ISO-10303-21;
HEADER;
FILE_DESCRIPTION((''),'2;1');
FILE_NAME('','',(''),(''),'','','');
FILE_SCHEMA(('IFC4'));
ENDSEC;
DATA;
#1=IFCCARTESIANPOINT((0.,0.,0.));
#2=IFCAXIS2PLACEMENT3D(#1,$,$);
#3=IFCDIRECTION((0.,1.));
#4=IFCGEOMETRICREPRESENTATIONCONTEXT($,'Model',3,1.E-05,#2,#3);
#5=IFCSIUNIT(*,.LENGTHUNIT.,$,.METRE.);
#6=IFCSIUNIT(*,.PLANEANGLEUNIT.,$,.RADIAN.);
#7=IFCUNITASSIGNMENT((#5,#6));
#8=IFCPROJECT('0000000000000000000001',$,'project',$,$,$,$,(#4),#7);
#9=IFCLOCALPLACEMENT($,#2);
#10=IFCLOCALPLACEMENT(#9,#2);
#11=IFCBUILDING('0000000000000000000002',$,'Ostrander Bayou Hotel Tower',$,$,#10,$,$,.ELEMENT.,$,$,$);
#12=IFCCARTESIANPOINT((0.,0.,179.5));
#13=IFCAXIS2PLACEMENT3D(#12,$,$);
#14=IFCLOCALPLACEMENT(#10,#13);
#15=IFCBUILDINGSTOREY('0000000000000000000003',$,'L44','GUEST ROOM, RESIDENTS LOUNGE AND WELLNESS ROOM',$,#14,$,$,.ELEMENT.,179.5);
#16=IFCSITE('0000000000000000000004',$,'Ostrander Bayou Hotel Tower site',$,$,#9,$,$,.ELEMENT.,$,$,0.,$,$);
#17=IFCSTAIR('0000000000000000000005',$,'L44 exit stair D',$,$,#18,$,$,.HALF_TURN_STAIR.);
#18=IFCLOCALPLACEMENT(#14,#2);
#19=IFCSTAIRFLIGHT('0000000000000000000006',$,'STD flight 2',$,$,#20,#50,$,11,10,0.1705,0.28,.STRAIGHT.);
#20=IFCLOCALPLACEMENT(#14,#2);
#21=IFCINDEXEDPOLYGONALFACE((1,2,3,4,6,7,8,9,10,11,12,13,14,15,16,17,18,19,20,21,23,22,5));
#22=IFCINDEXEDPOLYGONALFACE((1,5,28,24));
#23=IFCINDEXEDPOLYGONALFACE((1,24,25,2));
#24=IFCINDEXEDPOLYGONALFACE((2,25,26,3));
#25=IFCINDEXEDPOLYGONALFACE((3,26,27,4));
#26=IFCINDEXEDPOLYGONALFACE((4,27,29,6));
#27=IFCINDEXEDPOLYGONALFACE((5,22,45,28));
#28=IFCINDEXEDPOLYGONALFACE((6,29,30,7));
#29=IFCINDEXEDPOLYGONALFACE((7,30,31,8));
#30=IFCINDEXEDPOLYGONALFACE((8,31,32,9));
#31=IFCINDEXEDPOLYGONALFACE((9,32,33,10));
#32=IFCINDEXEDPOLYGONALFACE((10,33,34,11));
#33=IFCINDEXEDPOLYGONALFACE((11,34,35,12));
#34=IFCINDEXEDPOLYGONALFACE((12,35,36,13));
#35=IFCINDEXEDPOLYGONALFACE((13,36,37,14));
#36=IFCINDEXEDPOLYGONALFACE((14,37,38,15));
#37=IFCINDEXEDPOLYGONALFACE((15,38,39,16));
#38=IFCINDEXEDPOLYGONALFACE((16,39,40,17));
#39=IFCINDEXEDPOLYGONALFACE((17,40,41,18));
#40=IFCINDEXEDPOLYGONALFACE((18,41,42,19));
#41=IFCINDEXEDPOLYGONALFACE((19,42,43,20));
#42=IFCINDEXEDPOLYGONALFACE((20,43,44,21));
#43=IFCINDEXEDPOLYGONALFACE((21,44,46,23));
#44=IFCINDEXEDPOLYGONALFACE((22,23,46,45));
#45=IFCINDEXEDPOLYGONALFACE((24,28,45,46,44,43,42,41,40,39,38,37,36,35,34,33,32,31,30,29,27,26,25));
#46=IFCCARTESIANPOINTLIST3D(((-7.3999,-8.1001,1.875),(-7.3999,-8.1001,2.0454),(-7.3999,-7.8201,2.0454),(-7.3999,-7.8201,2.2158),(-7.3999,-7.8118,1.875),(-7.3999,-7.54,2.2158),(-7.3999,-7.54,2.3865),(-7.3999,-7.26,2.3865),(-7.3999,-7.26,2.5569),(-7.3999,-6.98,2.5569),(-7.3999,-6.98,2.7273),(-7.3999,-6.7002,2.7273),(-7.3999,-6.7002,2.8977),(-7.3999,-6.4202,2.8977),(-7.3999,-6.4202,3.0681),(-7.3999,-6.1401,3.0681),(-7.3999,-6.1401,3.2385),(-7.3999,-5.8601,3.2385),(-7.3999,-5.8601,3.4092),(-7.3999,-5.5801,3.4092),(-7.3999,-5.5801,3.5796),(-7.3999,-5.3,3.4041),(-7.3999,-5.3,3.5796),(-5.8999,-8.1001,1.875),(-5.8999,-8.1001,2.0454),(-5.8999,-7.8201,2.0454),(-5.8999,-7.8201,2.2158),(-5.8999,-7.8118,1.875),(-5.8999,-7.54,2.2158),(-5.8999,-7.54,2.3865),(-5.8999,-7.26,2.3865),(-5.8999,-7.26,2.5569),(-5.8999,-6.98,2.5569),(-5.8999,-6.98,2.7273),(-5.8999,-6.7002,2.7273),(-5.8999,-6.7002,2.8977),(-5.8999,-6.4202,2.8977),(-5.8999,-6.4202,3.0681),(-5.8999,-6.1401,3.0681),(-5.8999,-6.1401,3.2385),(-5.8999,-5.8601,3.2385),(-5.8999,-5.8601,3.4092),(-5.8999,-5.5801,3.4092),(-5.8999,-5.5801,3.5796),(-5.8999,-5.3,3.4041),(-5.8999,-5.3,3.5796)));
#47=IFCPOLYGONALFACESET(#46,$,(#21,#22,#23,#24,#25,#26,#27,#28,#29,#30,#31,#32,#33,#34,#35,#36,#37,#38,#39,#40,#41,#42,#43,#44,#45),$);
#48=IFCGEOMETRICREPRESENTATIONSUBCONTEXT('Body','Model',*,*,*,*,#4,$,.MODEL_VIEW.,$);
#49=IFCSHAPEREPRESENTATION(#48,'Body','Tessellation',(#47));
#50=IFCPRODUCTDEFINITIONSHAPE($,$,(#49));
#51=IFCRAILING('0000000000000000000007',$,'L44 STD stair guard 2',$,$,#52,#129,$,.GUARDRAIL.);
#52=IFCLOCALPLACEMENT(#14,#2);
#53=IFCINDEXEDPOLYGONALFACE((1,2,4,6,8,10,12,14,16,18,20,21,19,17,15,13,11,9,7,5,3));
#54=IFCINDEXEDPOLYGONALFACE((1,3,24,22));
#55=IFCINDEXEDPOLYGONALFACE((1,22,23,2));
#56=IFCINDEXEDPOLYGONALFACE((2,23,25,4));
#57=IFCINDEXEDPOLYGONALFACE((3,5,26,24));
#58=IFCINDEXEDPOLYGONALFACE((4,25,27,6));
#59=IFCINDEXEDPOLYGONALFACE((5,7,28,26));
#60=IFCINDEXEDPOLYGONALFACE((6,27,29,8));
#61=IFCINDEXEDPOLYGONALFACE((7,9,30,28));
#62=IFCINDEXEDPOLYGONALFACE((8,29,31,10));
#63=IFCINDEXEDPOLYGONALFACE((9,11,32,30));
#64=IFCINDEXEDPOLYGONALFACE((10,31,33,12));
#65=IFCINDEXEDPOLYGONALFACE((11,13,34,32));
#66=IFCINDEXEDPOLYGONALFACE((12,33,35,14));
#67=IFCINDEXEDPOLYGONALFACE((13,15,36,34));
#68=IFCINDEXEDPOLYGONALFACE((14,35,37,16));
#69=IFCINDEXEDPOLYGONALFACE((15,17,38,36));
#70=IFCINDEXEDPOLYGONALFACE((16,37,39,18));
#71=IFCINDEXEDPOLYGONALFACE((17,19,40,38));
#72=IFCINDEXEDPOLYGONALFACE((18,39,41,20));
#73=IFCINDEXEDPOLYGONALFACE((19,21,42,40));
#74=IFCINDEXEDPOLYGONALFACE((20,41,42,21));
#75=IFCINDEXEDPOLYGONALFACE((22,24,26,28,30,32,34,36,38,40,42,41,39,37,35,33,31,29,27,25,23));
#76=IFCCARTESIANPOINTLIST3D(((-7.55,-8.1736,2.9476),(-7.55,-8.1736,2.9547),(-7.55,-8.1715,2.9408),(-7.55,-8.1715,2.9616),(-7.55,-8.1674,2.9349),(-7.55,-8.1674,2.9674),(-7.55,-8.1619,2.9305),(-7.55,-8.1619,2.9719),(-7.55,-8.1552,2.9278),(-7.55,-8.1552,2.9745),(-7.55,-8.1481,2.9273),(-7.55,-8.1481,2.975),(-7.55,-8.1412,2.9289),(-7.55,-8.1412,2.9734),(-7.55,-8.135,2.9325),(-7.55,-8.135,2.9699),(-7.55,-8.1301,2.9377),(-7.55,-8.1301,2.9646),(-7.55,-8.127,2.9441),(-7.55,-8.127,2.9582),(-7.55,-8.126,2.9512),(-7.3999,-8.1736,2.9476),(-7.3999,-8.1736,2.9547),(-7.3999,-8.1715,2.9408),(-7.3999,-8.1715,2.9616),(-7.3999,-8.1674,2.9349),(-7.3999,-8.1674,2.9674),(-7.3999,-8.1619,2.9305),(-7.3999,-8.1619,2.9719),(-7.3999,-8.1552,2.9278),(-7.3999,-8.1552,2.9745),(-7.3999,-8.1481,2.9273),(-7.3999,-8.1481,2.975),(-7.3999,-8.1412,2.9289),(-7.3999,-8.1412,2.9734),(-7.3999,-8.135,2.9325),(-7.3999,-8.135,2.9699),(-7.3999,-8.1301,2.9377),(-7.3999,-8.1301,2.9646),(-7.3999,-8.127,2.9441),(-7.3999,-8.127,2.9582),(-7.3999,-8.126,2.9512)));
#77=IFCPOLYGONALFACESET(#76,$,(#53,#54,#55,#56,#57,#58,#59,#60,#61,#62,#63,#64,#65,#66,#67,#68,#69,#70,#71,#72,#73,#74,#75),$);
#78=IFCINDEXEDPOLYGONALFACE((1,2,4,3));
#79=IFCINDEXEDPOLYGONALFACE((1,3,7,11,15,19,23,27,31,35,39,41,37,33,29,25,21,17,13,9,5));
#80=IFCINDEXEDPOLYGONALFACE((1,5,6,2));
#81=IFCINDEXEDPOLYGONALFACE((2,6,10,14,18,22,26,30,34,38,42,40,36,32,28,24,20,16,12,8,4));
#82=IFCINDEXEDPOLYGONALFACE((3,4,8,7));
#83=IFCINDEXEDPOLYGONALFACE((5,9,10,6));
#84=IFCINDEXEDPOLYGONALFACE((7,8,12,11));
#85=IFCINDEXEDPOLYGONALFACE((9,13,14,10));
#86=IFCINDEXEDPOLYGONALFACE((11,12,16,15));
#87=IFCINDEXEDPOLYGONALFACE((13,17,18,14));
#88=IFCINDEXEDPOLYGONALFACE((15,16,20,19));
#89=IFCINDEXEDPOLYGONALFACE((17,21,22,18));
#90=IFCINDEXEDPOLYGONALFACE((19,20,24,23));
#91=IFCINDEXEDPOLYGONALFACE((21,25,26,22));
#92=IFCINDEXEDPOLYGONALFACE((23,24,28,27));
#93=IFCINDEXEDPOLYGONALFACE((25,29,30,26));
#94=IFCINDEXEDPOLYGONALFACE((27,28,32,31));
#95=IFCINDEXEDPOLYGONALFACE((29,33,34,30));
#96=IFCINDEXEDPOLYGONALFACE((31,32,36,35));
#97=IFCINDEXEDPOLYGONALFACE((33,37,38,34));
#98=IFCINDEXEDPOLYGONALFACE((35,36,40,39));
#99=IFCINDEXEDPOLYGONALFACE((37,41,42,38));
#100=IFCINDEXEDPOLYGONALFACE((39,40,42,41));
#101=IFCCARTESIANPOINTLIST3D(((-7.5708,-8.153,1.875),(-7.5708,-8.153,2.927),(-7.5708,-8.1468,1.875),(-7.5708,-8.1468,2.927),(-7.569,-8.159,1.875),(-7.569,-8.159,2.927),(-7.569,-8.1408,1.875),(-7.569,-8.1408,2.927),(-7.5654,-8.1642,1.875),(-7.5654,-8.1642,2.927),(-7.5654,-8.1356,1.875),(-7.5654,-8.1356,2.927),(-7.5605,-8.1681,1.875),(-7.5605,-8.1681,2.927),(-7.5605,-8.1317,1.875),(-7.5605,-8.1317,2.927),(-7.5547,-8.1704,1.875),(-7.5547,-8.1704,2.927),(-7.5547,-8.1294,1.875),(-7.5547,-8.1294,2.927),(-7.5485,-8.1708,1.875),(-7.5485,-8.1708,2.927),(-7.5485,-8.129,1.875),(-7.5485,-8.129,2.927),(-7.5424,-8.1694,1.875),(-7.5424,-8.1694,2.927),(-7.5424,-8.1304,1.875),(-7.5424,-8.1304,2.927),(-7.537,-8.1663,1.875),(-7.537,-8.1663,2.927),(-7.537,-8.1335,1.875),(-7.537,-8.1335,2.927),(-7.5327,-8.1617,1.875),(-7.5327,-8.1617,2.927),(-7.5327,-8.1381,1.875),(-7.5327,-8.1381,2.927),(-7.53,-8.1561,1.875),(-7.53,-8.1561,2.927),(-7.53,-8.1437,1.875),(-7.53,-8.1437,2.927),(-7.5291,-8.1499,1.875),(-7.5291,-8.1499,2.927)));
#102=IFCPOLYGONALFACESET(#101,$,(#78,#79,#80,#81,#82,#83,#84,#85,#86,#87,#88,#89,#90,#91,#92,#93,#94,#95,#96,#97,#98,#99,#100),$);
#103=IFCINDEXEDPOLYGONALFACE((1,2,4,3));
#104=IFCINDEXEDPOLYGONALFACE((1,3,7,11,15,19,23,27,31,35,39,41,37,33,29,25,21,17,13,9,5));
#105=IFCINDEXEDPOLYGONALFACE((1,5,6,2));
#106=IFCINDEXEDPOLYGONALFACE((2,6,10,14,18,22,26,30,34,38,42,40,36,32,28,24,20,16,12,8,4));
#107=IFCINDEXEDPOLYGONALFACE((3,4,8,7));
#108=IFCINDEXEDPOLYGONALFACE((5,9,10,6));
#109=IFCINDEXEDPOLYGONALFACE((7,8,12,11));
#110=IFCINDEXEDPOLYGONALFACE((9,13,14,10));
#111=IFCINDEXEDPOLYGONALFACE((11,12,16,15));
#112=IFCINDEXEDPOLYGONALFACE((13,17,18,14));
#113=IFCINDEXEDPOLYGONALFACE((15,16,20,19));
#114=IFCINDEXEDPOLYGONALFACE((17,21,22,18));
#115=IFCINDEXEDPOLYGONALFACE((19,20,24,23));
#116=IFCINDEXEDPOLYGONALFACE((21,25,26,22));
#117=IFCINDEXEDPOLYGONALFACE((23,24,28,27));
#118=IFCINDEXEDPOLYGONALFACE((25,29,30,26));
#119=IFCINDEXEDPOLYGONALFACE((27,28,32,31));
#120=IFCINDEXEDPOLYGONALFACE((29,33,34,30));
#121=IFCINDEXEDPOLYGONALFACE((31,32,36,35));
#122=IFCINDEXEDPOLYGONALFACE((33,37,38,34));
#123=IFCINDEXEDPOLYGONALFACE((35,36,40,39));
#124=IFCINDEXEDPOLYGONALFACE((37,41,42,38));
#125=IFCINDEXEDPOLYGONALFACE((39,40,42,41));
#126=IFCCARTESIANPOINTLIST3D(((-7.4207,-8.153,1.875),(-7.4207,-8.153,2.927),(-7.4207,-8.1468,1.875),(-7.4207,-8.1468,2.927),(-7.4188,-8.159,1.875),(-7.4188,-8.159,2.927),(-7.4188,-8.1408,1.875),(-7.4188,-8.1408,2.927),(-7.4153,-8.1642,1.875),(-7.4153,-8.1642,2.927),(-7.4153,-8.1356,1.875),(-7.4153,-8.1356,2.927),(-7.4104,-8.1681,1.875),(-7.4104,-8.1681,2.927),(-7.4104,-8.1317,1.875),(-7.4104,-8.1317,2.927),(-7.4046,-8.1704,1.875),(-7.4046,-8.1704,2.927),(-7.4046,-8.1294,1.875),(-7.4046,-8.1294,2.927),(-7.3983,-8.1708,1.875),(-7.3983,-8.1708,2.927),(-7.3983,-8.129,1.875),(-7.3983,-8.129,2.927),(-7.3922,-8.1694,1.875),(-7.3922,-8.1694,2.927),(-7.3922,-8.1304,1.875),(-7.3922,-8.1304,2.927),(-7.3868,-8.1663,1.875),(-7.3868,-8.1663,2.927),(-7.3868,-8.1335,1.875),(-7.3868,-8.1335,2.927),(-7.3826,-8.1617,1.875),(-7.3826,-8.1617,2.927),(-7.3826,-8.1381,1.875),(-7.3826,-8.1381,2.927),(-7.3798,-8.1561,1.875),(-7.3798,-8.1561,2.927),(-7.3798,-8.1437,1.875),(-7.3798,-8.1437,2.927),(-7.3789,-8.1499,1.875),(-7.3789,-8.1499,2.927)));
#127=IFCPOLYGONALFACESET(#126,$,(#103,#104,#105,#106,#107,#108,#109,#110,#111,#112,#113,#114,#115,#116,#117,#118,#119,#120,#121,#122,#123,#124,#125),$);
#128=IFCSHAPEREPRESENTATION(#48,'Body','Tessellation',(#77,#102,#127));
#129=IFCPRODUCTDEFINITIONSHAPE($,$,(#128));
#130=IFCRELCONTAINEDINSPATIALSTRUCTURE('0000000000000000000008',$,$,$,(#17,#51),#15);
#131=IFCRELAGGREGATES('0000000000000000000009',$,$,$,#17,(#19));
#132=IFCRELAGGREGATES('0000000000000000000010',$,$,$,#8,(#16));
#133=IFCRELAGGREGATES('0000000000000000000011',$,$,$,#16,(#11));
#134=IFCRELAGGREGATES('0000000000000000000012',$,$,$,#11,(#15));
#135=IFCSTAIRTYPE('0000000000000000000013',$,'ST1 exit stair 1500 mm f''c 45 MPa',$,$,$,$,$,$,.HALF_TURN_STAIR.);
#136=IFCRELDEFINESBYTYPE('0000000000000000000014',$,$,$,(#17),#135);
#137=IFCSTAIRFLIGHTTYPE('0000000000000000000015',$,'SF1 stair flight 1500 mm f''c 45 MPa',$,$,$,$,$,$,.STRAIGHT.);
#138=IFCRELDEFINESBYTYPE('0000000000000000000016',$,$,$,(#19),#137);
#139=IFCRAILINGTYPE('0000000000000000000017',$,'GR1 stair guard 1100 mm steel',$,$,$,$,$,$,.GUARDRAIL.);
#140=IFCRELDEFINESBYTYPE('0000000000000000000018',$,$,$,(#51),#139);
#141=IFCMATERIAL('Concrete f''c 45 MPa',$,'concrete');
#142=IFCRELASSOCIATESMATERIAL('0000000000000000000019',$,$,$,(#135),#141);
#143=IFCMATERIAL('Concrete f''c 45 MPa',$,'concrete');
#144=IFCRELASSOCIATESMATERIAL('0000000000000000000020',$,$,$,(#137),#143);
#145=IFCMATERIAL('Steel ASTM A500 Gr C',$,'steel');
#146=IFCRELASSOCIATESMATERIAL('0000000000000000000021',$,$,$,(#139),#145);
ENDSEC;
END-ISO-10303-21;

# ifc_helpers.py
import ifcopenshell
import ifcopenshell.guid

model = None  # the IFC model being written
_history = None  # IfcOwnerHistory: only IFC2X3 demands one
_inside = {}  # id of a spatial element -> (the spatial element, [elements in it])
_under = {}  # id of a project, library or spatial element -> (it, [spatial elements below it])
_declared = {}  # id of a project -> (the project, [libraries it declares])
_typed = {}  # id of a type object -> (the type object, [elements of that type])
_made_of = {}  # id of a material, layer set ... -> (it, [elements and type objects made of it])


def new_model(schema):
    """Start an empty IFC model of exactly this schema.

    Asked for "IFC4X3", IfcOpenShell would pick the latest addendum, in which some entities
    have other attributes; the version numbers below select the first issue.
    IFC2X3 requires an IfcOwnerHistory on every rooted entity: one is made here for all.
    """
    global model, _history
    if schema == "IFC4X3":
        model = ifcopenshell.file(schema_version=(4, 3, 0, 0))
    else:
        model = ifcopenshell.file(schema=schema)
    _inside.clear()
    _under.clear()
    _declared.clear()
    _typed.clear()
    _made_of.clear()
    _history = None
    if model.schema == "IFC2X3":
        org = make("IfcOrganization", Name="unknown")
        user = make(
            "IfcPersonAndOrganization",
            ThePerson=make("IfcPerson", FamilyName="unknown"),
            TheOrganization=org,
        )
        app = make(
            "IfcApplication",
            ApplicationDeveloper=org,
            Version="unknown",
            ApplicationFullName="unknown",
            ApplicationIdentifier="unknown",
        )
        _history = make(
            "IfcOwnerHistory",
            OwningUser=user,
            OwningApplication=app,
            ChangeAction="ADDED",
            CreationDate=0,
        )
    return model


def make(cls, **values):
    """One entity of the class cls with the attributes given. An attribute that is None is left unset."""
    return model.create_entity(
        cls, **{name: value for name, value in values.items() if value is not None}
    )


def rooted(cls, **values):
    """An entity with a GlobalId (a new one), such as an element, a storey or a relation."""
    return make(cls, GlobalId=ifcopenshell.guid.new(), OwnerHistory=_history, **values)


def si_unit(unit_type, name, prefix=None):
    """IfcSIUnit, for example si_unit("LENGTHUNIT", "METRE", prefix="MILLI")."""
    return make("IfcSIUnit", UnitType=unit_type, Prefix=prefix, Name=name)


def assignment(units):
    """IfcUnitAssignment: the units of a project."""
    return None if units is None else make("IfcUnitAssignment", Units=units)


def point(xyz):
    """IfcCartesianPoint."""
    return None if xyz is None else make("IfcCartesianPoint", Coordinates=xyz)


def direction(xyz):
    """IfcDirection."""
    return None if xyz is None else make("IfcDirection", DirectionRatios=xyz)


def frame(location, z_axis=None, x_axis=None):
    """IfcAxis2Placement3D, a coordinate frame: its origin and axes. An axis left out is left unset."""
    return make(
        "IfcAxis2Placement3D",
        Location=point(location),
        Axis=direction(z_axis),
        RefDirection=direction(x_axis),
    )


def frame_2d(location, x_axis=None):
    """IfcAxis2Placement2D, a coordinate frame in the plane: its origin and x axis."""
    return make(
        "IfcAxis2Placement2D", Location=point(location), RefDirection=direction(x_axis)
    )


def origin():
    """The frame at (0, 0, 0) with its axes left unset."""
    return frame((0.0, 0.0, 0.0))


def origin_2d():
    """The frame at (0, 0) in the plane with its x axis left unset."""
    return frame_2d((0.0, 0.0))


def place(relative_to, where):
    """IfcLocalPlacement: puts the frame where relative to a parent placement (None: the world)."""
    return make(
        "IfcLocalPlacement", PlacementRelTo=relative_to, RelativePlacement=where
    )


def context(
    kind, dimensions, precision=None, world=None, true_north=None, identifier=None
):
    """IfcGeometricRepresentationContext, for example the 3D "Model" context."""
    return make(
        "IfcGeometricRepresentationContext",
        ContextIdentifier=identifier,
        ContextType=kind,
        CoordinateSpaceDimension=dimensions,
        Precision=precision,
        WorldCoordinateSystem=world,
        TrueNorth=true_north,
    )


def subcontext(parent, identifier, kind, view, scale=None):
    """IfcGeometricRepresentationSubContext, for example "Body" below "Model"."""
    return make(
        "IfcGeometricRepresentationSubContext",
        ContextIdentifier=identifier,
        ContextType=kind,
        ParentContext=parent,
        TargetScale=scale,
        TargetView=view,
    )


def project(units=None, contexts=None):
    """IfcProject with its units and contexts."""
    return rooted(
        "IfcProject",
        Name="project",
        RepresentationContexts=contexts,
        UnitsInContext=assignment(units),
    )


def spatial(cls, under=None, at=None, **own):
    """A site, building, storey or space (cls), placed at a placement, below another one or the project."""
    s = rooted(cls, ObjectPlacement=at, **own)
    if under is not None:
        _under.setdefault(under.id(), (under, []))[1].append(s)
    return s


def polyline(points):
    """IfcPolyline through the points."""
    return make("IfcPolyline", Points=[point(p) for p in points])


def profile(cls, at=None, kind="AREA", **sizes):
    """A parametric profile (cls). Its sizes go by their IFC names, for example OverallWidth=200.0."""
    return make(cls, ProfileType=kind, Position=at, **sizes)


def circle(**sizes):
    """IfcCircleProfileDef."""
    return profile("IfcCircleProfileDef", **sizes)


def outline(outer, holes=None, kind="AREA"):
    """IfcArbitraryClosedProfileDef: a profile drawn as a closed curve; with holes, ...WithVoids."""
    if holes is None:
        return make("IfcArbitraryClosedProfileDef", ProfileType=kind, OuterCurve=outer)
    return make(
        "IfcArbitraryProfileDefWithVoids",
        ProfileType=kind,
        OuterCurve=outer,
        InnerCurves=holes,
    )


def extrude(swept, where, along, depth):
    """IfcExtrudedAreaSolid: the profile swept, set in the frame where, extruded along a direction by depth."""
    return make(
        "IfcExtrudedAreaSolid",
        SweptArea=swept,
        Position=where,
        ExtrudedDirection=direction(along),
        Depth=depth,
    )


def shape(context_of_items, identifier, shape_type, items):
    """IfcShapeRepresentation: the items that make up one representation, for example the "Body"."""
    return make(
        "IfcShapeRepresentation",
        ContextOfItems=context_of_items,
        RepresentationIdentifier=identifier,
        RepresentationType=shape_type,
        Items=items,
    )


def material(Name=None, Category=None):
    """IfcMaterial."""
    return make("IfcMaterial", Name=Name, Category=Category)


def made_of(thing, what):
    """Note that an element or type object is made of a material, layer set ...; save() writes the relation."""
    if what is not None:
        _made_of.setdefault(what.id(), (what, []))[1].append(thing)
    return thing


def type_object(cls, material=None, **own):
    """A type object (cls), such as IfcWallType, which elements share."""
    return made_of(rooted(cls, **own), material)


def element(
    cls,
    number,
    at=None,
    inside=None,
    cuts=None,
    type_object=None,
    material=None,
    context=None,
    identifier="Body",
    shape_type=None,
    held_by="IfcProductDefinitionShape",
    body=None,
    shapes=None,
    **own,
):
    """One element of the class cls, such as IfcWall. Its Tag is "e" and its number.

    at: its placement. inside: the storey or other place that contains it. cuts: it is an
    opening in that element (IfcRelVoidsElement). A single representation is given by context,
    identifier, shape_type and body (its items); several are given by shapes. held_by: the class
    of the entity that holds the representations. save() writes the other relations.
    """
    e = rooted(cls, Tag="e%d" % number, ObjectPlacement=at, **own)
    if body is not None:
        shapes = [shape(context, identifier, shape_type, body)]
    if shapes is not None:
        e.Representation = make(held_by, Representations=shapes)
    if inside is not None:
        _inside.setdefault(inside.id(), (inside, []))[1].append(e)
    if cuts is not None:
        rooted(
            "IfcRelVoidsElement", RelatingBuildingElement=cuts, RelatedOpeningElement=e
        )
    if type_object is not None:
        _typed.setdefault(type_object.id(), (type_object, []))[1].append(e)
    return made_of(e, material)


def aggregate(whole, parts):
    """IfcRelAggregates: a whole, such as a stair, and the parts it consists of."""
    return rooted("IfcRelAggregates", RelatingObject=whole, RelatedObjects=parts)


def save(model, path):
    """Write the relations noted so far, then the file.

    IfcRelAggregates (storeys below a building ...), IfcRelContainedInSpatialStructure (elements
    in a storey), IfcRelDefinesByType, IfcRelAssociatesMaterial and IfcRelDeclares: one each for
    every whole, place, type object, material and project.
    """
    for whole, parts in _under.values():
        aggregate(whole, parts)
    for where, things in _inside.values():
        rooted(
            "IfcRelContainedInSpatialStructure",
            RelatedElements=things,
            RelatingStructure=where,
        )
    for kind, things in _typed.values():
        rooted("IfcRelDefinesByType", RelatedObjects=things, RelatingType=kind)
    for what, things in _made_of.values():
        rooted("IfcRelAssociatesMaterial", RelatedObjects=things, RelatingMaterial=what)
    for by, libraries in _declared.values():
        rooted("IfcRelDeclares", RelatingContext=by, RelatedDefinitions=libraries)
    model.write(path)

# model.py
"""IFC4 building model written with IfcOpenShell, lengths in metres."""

from ifc_helpers import new_model, si_unit, direction, frame, origin, origin_2d, place, context, subcontext, project, spatial, polyline, circle, outline, extrude, material, type_object, element, aggregate, save


model = new_model("IFC4")

# Units and contexts
model_context = context("Model", 3, precision=1e-05, world=origin(), true_north=direction((0.0, 1.0)))
body_context = subcontext(model_context, "Body", "Model", "MODEL_VIEW")
ifc_project = project(units=[si_unit("LENGTHUNIT", "METRE"), si_unit("PLANEANGLEUNIT", "RADIAN")], contexts=[model_context])

# Site, building, storey
site_placement = place(None, origin())
site = spatial("IfcSite", under=ifc_project, at=site_placement, Name="Ostrander Bayou Hotel Tower site", CompositionType="ELEMENT", RefElevation=0.0)
building_placement = place(site_placement, origin())
building = spatial("IfcBuilding", under=site, at=building_placement, Name="Ostrander Bayou Hotel Tower", CompositionType="ELEMENT")
storey_placement = place(building_placement, frame((0.0, 0.0, 179.5)))
storey = spatial("IfcBuildingStorey", under=building, at=storey_placement, Name="L44", Description="GUEST ROOM, RESIDENTS LOUNGE AND WELLNESS ROOM", CompositionType="ELEMENT", Elevation=179.5)

# Stair, stair flight
ifc_material_1 = material(Name="Concrete f'c 45 MPa", Category="concrete")
stair_type = type_object("IfcStairType", Name="ST1 exit stair 1500 mm f'c 45 MPa", PredefinedType="HALF_TURN_STAIR", material=ifc_material_1)
stair_placement = place(storey_placement, origin())
stair = element("IfcStair", 1, at=stair_placement, inside=storey, type_object=stair_type, Name="L44 exit stair D", PredefinedType="HALF_TURN_STAIR")
ifc_material_2 = material(Name="Concrete f'c 45 MPa", Category="concrete")
stair_flight_type = type_object("IfcStairFlightType", Name="SF1 stair flight 1500 mm f'c 45 MPa", PredefinedType="STRAIGHT", material=ifc_material_2)
stair_flight_placement = place(storey_placement, frame((-6.6499, -8.1001, 1.875), z_axis=(0.0, 0.0, 1.0), x_axis=(0.0, 1.0, 0.0)))
stair_flight = element("IfcStairFlight", 2, at=stair_flight_placement, type_object=stair_flight_type, Name="STD flight 2", NumberOfRisers=11, NumberOfTreads=10, PredefinedType="STRAIGHT", RiserHeight=0.1705, TreadLength=0.28, context=body_context, shape_type="SweptSolid", body=[
    extrude(outline(polyline([(0.0, 0.0), (0.0, 0.1704), (0.28, 0.1704), (0.28, 0.3408), (0.5601, 0.3408), (0.5601, 0.5115), (0.8401, 0.5115), (0.8401, 0.6819), (1.1201, 0.6819), (1.1201, 0.8523), (1.3999, 0.8523), (1.3999, 1.0227), (1.6799, 1.0227), (1.6799, 1.1931), (1.96, 1.1931), (1.96, 1.3635), (2.24, 1.3635), (2.24, 1.5342), (2.52, 1.5342), (2.52, 1.7046), (2.8, 1.7046), (2.8, 1.875), (2.8, 1.5291), (0.2883, 0.0), (0.0, 0.0)])), frame((0.0, 0.75, 0.0), z_axis=(0.0, -1.0, 0.0), x_axis=(1.0, 0.0, 0.0)), (0.0, 0.0, 1.0), 1.5),
])
aggregate(stair, [stair_flight])

# Railing
ifc_material_3 = material(Name="Steel ASTM A500 Gr C", Category="steel")
railing_type = type_object("IfcRailingType", Name="GR1 stair guard 1100 mm steel", PredefinedType="GUARDRAIL", material=ifc_material_3)
railing_1_placement = place(storey_placement, frame((-7.55, -8.1499, 1.875)))
element("IfcRailing", 3, at=railing_1_placement, inside=storey, type_object=railing_type, Name="L44 STD stair guard 2", PredefinedType="GUARDRAIL", context=body_context, shape_type="SweptSolid", body=[
    extrude(circle(Radius=0.0239, at=origin_2d()), frame((0.0, 0.0, 1.0762), z_axis=(1.0, 0.0, 0.0), x_axis=(0.0, 1.0, 0.0)), (0.0, 0.0, 1.0), 0.1501),
    extrude(circle(Radius=0.021, at=origin_2d()), origin(), (0.0, 0.0, 1.0), 1.052),
    extrude(circle(Radius=0.021, at=origin_2d()), frame((0.1501, 0.0, 0.0)), (0.0, 0.0, 1.0), 1.052),
])

save(model, "model.ifc")
